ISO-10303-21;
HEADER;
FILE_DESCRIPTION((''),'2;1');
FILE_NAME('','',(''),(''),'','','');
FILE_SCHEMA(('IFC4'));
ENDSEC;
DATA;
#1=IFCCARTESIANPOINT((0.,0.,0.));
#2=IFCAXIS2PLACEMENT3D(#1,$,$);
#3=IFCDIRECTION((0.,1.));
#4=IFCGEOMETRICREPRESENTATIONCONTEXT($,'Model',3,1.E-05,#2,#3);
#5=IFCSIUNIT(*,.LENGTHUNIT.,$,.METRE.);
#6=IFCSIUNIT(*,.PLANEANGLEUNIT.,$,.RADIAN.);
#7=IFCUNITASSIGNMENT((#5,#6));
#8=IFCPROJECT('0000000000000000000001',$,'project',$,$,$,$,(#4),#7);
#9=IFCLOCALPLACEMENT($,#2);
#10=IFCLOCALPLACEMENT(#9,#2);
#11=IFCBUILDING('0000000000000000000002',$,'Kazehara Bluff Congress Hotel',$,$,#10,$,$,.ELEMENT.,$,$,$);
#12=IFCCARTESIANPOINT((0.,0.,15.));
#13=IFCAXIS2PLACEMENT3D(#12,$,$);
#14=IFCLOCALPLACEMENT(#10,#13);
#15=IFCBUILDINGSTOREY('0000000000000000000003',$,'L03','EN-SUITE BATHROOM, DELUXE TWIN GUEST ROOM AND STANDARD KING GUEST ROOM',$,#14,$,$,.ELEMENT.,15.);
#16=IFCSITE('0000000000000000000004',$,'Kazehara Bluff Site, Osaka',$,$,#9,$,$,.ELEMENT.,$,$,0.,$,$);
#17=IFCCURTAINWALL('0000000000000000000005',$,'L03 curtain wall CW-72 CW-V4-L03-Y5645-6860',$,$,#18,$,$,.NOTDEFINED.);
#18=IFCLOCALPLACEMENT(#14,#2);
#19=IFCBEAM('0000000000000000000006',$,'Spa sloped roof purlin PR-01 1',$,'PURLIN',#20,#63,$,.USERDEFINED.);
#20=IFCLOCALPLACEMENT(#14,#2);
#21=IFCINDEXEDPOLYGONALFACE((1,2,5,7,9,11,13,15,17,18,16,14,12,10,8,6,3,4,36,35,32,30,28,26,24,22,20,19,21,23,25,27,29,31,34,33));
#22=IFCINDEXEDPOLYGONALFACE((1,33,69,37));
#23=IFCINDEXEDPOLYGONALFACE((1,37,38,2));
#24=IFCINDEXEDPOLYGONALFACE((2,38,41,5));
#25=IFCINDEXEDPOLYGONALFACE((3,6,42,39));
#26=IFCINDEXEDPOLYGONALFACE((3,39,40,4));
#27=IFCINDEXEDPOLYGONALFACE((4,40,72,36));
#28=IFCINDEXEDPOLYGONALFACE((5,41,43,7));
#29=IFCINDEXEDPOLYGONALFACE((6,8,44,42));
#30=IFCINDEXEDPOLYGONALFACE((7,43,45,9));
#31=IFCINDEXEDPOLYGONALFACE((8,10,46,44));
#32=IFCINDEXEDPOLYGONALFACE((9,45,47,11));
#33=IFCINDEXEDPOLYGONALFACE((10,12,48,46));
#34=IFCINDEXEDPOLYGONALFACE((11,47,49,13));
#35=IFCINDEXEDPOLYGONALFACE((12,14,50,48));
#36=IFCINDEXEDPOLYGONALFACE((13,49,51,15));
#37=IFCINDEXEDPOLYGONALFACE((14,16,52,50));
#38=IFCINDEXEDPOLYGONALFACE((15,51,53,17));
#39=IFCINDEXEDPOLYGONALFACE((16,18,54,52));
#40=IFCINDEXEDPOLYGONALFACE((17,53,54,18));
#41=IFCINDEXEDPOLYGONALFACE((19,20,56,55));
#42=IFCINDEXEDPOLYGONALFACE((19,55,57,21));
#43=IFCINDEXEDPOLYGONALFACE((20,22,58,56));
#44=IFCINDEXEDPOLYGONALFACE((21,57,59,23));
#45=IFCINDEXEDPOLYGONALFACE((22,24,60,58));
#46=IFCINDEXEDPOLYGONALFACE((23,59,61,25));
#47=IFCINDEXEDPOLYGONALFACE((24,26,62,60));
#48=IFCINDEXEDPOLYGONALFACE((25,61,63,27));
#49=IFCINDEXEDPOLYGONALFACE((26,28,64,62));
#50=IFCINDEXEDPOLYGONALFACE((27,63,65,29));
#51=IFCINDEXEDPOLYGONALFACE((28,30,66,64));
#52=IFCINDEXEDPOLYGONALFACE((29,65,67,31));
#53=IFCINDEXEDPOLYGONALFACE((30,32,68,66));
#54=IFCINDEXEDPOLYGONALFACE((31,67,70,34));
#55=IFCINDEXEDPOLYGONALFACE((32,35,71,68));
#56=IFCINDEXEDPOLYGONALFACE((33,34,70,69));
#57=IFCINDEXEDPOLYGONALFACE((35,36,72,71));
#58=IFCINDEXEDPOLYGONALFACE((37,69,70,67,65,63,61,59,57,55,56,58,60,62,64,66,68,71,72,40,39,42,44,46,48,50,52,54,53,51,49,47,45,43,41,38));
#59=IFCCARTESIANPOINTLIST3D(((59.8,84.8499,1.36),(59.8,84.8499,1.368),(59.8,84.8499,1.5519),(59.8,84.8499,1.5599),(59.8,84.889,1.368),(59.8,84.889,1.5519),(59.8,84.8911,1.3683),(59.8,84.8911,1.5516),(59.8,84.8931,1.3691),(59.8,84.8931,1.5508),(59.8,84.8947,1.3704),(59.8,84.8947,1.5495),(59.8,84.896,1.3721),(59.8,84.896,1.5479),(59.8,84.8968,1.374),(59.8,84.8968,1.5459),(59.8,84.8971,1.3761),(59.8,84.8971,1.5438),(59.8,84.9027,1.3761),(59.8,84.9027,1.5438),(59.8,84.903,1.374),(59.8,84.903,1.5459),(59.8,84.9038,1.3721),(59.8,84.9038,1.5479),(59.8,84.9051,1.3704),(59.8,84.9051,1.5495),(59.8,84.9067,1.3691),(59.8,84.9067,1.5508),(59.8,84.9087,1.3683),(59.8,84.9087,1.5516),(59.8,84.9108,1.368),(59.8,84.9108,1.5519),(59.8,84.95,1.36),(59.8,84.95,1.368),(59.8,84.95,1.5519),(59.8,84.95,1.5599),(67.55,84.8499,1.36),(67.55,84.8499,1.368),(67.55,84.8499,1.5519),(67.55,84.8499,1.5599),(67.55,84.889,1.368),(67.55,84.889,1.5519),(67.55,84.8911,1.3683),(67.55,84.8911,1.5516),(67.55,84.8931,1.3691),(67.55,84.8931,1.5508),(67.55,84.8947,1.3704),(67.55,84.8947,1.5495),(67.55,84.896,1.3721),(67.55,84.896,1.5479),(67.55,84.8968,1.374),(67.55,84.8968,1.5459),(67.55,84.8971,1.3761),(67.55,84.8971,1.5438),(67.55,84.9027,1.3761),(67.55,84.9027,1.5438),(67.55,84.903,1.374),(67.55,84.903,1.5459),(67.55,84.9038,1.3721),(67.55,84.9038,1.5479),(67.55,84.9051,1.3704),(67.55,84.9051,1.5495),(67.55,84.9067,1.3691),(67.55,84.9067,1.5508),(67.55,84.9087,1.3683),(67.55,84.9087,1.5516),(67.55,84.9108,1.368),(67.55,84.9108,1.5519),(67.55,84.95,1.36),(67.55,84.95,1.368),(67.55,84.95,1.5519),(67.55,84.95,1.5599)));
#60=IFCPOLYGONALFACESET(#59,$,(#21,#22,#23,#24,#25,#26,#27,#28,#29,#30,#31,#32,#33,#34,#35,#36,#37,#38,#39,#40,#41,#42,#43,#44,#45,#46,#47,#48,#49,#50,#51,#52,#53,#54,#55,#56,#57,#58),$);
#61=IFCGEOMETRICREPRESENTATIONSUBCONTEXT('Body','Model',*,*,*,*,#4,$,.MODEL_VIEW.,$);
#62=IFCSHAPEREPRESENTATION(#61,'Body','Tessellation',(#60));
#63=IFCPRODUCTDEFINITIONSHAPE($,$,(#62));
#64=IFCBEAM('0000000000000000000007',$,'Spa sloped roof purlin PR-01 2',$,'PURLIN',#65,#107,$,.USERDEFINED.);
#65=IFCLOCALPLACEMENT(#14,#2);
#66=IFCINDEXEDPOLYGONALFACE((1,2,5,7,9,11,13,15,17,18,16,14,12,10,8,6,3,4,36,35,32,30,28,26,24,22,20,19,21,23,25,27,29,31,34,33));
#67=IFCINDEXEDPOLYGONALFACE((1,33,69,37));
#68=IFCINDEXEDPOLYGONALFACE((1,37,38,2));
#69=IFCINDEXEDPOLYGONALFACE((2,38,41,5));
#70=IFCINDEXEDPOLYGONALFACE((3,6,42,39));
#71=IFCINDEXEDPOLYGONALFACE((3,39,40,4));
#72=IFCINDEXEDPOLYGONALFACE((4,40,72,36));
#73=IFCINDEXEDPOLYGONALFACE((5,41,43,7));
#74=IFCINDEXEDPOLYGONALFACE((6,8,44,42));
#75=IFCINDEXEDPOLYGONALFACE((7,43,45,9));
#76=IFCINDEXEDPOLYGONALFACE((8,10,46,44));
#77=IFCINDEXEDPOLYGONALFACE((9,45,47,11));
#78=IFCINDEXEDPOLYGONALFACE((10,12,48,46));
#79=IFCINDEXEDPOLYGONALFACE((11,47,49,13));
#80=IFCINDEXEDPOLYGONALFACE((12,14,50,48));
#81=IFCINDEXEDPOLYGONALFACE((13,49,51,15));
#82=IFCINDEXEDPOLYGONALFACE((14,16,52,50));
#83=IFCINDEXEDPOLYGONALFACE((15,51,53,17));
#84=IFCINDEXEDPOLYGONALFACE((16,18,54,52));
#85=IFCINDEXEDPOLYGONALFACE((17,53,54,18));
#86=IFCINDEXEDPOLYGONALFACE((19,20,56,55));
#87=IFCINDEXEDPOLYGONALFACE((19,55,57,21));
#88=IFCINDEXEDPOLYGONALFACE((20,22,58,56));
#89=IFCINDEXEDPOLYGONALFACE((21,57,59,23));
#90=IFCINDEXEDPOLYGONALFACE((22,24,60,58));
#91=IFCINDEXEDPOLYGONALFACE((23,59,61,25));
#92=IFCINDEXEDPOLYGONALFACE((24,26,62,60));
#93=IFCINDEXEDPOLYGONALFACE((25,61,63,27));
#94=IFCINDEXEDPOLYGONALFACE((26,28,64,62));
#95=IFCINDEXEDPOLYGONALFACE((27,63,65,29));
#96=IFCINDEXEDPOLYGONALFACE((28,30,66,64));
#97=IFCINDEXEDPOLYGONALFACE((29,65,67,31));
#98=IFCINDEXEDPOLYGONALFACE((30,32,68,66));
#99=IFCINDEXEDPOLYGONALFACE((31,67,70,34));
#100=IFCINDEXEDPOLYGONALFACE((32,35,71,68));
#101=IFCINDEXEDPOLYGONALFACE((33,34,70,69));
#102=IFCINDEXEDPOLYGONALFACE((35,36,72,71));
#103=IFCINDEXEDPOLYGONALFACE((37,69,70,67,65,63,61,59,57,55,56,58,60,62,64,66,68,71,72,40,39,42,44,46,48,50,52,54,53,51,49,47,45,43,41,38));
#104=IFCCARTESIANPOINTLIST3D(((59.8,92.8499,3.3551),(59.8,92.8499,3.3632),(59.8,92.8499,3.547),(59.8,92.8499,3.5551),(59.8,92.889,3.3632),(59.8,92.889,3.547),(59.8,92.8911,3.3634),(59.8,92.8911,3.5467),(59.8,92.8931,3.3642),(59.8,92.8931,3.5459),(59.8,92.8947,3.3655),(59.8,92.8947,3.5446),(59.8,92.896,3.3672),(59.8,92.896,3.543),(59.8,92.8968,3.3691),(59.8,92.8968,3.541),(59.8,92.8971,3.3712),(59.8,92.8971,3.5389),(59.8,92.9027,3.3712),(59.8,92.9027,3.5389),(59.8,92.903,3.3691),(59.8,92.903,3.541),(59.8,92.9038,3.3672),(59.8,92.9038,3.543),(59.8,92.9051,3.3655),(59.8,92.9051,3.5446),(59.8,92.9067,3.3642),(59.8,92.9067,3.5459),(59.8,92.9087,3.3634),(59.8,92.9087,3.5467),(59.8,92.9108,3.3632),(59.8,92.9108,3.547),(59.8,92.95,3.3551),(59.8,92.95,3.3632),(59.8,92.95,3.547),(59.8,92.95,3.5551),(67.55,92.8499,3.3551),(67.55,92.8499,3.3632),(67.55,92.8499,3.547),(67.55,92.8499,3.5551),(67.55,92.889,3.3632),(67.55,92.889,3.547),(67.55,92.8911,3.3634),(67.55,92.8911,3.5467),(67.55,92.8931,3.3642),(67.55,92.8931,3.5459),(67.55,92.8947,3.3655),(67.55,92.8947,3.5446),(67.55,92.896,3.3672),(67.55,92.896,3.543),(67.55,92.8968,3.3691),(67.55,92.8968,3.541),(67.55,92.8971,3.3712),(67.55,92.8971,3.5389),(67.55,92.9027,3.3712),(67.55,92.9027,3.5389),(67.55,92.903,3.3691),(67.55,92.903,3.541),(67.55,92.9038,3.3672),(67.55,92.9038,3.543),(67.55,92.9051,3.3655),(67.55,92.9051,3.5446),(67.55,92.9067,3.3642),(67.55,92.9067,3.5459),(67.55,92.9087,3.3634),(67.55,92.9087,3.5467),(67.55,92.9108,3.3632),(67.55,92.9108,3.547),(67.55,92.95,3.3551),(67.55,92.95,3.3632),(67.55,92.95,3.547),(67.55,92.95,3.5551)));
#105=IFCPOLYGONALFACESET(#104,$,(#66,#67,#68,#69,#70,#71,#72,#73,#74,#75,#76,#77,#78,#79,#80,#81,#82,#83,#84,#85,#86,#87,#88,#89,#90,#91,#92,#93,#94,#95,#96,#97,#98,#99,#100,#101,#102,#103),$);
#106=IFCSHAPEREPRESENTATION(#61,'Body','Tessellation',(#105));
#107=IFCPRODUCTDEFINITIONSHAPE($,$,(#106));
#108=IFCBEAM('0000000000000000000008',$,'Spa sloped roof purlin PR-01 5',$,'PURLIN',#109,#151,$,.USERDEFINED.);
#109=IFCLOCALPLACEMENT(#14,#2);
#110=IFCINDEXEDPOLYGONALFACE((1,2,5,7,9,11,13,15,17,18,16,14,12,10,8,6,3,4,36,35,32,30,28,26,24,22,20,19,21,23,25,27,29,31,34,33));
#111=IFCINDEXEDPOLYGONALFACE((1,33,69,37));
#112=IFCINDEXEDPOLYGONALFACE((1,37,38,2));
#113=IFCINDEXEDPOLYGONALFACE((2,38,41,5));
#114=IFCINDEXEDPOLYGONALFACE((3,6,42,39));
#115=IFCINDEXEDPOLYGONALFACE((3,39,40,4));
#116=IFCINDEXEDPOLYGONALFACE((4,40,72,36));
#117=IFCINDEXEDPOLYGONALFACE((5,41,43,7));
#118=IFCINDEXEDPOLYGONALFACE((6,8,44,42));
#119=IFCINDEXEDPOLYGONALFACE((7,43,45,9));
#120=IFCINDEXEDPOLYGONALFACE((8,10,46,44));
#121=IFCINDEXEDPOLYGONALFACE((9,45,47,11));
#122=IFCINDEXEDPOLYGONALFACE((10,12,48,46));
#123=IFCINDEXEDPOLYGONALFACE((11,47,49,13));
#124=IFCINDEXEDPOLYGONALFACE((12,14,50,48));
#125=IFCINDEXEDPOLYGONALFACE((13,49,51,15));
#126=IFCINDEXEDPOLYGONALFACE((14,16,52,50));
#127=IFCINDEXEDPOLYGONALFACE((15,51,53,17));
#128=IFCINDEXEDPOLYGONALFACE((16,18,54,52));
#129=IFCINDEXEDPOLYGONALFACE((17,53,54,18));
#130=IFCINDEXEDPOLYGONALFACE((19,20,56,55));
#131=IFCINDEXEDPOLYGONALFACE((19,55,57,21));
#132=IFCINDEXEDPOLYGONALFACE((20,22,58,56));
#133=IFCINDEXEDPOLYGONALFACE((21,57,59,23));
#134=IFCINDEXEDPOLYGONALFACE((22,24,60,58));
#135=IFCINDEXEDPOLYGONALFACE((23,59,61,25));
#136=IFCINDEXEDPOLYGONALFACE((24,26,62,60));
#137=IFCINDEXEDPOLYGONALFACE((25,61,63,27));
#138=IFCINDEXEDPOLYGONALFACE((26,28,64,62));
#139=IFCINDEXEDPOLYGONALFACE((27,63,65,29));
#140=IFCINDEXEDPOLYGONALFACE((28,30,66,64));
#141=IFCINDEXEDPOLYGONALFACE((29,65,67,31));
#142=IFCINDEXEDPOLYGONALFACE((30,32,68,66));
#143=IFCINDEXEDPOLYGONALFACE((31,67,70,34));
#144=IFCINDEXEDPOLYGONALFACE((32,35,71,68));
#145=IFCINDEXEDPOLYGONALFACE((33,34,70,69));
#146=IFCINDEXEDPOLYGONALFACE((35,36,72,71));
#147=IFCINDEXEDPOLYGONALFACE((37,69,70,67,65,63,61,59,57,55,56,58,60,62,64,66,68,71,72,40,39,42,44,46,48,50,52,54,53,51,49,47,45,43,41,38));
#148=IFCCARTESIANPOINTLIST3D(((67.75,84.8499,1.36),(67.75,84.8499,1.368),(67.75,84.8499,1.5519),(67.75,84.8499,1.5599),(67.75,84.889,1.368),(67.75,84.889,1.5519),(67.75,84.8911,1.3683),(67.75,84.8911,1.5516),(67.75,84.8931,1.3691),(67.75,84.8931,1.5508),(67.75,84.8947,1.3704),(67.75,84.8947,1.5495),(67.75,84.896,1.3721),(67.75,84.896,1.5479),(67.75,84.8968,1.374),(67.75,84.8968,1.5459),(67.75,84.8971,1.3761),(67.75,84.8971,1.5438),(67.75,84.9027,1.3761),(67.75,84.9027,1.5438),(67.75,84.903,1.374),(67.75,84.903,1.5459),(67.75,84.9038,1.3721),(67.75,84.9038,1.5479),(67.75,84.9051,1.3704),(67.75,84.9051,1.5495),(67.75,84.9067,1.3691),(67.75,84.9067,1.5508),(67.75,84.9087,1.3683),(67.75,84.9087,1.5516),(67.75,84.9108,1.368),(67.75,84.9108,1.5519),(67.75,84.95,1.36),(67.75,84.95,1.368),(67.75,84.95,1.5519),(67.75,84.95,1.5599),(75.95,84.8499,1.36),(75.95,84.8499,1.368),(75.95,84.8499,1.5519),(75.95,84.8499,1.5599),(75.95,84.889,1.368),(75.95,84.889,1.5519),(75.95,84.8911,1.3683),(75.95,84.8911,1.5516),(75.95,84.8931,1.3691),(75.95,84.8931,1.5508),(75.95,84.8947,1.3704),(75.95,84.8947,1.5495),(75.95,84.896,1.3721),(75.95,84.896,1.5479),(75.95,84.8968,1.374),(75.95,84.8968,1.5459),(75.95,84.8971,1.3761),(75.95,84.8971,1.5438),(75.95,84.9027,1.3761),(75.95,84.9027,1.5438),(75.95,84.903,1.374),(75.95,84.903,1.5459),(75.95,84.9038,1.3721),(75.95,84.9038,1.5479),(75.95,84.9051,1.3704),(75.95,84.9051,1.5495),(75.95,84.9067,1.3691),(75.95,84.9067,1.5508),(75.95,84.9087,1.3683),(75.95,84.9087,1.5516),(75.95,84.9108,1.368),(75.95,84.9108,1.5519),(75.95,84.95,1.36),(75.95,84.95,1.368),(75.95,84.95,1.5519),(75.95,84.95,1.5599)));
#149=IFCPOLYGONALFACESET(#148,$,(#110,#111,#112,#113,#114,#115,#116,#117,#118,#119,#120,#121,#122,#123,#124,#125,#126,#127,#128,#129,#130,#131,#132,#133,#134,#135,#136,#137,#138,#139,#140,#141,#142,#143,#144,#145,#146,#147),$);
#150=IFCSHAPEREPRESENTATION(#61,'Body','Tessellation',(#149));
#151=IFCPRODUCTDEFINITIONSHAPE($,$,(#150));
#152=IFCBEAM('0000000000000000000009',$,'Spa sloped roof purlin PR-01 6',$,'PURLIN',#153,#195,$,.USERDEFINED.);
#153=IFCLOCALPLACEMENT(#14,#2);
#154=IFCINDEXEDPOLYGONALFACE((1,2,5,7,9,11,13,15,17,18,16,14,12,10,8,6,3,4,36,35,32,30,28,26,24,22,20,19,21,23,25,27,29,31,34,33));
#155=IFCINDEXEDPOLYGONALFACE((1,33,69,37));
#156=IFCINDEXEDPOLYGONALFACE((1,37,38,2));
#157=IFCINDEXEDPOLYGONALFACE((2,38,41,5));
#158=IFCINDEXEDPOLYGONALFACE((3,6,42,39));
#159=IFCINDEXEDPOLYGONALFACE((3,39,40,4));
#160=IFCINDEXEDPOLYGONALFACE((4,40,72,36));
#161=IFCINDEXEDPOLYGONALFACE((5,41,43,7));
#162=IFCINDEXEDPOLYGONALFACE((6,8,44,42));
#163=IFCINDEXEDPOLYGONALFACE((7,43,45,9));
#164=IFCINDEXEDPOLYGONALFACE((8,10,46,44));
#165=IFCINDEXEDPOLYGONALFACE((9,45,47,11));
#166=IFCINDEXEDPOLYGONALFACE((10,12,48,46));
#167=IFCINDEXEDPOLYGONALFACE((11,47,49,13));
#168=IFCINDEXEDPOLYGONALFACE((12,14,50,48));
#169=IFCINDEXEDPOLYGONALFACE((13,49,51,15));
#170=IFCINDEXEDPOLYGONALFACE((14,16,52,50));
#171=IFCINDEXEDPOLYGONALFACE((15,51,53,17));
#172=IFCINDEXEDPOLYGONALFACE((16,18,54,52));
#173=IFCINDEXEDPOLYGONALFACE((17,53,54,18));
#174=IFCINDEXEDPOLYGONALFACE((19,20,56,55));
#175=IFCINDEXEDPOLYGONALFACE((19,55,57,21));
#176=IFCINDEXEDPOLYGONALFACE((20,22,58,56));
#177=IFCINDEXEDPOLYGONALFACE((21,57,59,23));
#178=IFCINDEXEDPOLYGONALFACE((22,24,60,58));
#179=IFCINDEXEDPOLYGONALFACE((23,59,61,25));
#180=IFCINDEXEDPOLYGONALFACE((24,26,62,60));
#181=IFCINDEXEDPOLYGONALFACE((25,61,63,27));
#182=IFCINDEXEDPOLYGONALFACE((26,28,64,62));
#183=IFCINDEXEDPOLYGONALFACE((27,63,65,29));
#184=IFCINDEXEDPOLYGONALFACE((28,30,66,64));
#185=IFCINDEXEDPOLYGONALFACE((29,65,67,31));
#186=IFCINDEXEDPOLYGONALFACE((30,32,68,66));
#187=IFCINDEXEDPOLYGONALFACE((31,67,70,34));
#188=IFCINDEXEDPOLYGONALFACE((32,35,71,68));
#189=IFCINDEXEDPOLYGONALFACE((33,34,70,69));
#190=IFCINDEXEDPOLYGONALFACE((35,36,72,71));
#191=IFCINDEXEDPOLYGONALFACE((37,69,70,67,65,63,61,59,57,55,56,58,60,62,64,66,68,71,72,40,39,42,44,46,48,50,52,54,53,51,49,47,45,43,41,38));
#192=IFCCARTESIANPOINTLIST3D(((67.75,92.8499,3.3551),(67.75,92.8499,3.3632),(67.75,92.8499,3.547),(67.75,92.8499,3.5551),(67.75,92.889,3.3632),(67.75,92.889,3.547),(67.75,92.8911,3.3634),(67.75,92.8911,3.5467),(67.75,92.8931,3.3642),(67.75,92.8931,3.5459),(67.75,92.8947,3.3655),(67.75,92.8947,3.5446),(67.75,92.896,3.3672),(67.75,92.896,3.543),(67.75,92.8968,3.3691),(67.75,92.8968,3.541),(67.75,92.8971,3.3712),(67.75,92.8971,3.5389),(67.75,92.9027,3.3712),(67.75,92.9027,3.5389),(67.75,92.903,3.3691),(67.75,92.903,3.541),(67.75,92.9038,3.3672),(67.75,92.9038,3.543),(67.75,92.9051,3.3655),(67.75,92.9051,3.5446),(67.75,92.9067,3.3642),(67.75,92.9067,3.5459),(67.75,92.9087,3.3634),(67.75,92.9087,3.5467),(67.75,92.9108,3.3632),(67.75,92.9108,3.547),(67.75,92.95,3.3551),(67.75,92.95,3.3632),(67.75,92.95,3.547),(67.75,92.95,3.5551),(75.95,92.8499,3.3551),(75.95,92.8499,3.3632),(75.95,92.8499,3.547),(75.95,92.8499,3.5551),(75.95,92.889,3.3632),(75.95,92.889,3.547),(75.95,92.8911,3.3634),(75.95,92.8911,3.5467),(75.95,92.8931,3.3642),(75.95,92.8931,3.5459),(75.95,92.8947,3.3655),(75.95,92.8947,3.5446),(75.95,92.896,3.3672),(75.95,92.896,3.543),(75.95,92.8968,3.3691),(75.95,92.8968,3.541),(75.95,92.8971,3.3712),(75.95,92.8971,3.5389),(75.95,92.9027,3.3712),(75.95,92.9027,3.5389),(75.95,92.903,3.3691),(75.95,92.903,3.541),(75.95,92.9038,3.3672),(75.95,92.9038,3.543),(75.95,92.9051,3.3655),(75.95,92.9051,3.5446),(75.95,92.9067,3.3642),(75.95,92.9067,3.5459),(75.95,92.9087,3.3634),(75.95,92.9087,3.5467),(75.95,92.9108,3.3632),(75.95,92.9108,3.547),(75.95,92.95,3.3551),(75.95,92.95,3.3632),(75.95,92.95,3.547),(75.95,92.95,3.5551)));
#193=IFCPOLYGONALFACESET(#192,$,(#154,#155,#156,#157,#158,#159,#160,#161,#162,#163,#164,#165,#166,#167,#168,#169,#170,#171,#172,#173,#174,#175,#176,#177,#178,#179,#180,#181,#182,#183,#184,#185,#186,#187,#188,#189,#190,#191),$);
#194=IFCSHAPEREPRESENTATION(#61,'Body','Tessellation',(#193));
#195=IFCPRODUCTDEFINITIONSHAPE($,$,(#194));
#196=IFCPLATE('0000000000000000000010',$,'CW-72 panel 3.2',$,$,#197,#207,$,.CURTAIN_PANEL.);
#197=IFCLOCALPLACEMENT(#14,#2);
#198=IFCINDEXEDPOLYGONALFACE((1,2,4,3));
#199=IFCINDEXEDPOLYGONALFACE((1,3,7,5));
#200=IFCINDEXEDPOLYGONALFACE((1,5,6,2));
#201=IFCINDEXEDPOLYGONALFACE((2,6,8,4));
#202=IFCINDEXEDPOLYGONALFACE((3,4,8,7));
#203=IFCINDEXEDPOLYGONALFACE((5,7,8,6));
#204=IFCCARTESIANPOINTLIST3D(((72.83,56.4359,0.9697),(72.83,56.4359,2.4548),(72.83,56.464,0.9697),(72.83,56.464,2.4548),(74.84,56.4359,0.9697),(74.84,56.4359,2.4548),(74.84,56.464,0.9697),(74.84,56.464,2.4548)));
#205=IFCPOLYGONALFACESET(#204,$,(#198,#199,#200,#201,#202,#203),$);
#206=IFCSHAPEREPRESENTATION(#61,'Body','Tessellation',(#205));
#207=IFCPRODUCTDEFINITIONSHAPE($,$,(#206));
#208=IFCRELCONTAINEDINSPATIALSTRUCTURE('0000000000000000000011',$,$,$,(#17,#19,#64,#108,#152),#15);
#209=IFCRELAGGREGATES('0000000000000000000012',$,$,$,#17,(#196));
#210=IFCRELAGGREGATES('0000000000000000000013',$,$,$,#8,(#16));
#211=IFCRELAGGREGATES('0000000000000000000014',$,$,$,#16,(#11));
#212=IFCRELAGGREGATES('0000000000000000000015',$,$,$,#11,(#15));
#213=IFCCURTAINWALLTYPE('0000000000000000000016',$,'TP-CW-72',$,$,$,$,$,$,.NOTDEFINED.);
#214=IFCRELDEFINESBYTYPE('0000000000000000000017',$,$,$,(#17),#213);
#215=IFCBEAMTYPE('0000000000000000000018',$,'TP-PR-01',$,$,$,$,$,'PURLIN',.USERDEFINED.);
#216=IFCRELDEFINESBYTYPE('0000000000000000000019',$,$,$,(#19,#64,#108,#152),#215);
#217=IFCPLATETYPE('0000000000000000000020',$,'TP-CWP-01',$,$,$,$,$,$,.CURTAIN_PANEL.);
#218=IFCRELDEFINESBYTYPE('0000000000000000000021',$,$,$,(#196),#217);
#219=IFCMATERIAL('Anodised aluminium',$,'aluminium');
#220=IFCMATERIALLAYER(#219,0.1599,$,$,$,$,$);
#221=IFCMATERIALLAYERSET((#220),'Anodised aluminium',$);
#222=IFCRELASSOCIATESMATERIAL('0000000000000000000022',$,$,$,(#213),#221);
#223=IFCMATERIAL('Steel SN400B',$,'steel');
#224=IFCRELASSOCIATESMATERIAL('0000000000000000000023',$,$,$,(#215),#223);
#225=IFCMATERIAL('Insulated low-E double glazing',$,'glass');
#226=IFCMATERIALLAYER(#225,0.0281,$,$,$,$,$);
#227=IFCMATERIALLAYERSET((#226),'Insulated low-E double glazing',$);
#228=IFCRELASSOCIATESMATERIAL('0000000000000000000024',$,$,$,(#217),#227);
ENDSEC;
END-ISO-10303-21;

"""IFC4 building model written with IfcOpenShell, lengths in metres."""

from ifc_helpers import new_model, si_unit, direction, frame, origin, origin_2d, place, context, subcontext, project, spatial, rectangle, i_section, extrude, material, layer, layer_set, material_profile, profile_set, type_object, element, aggregate, save


model = new_model("IFC4")

# Units and contexts
model_context = context("Model", 3, precision=1e-05, world=origin(), true_north=direction((0.0, 1.0)))
body_context = subcontext(model_context, "Body", "Model", "MODEL_VIEW")
ifc_project = project(units=[si_unit("LENGTHUNIT", "METRE"), si_unit("PLANEANGLEUNIT", "RADIAN")], contexts=[model_context])

# Site, building, storey
site_placement = place(None, origin())
site = spatial("IfcSite", under=ifc_project, at=site_placement, Name="Kazehara Bluff Site, Osaka", CompositionType="ELEMENT", RefElevation=0.0)
building_placement = place(site_placement, origin())
building = spatial("IfcBuilding", under=site, at=building_placement, Name="Kazehara Bluff Congress Hotel", CompositionType="ELEMENT")
storey_placement = place(building_placement, frame((0.0, 0.0, 15.0)))
storey = spatial("IfcBuildingStorey", under=building, at=storey_placement, Name="L03", Description="EN-SUITE BATHROOM, DELUXE TWIN GUEST ROOM AND STANDARD KING GUEST ROOM", CompositionType="ELEMENT", Elevation=15.0)

# Curtain wall
ifc_material_1 = material(Name="Anodised aluminium", Category="aluminium")
ifc_layer_1 = layer(ifc_material_1, 0.1599)
ifc_layer_set_1 = layer_set([ifc_layer_1], Name="Anodised aluminium")
curtain_wall_type = type_object("IfcCurtainWallType", Name="TP-CW-72", PredefinedType="NOTDEFINED", material=ifc_layer_set_1)
curtain_wall_placement = place(storey_placement, origin())
curtain_wall = element("IfcCurtainWall", 1, at=curtain_wall_placement, inside=storey, type_object=curtain_wall_type, Name="L03 curtain wall CW-72 CW-V4-L03-Y5645-6860", PredefinedType="NOTDEFINED")

# Beams
ifc_material_2 = material(Name="Steel SN400B", Category="steel")
ifc_material_profile_1 = material_profile(ifc_material_2, i_section(OverallWidth=0.1001, OverallDepth=0.2, WebThickness=0.0056, FlangeThickness=0.0081, FilletRadius=0.0081, at=origin_2d()))
ifc_profile_set_1 = profile_set([ifc_material_profile_1], Name="Steel SN400B")
beam_type_1 = type_object("IfcBeamType", Name="TP-PR-01", ElementType="PURLIN", PredefinedType="USERDEFINED", material=ifc_profile_set_1)
for number, where, z_axis, x_axis, name in (
    (2, (59.8, 84.8999, 1.46), (1.0, 0.0, 0.0), (0.0, 1.0, 0.0), "Spa sloped roof purlin PR-01 1"),
    (3, (59.8, 92.8999, 3.4551), (1.0, 0.0, 0.0), (0.0, 1.0, 0.0), "Spa sloped roof purlin PR-01 2"),
):
    element("IfcBeam", number, at=place(storey_placement, frame(where, z_axis=z_axis, x_axis=x_axis)), inside=storey, type_object=beam_type_1, Name=name, ObjectType="PURLIN", PredefinedType="USERDEFINED", context=body_context, shape_type="SweptSolid", body=[
        extrude(i_section(OverallWidth=0.1001, OverallDepth=0.2, WebThickness=0.0056, FlangeThickness=0.0081, FilletRadius=0.0081, at=origin_2d()), origin(), (0.0, 0.0, 1.0), 7.75),
    ])
for number, where, z_axis, x_axis, name in (
    (4, (67.75, 84.8999, 1.46), (1.0, 0.0, 0.0), (0.0, 1.0, 0.0), "Spa sloped roof purlin PR-01 5"),
    (5, (67.75, 92.8999, 3.4551), (1.0, 0.0, 0.0), (0.0, 1.0, 0.0), "Spa sloped roof purlin PR-01 6"),
):
    element("IfcBeam", number, at=place(storey_placement, frame(where, z_axis=z_axis, x_axis=x_axis)), inside=storey, type_object=beam_type_1, Name=name, ObjectType="PURLIN", PredefinedType="USERDEFINED", context=body_context, shape_type="SweptSolid", body=[
        extrude(i_section(OverallWidth=0.1001, OverallDepth=0.2, WebThickness=0.0056, FlangeThickness=0.0081, FilletRadius=0.0081, at=origin_2d()), origin(), (0.0, 0.0, 1.0), 8.2),
    ])

# Plate
ifc_material_3 = material(Name="Insulated low-E double glazing", Category="glass")
ifc_layer_2 = layer(ifc_material_3, 0.0281)
ifc_layer_set_2 = layer_set([ifc_layer_2], Name="Insulated low-E double glazing")
plate_type = type_object("IfcPlateType", Name="TP-CWP-01", PredefinedType="CURTAIN_PANEL", material=ifc_layer_set_2)
plate_1_placement = place(storey_placement, frame((73.835, 56.45, 0.9697), z_axis=(0.0, 0.0, 1.0), x_axis=(1.0, 0.0, 0.0)))
plate_1 = element("IfcPlate", 6, at=plate_1_placement, type_object=plate_type, Name="CW-72 panel 3.2", PredefinedType="CURTAIN_PANEL", context=body_context, shape_type="SweptSolid", body=[
    extrude(rectangle(XDim=2.01, YDim=0.0281, at=origin_2d()), origin(), (0.0, 0.0, 1.0), 1.4851),
])
aggregate(curtain_wall, [plate_1])

save(model, "model.ifc")
